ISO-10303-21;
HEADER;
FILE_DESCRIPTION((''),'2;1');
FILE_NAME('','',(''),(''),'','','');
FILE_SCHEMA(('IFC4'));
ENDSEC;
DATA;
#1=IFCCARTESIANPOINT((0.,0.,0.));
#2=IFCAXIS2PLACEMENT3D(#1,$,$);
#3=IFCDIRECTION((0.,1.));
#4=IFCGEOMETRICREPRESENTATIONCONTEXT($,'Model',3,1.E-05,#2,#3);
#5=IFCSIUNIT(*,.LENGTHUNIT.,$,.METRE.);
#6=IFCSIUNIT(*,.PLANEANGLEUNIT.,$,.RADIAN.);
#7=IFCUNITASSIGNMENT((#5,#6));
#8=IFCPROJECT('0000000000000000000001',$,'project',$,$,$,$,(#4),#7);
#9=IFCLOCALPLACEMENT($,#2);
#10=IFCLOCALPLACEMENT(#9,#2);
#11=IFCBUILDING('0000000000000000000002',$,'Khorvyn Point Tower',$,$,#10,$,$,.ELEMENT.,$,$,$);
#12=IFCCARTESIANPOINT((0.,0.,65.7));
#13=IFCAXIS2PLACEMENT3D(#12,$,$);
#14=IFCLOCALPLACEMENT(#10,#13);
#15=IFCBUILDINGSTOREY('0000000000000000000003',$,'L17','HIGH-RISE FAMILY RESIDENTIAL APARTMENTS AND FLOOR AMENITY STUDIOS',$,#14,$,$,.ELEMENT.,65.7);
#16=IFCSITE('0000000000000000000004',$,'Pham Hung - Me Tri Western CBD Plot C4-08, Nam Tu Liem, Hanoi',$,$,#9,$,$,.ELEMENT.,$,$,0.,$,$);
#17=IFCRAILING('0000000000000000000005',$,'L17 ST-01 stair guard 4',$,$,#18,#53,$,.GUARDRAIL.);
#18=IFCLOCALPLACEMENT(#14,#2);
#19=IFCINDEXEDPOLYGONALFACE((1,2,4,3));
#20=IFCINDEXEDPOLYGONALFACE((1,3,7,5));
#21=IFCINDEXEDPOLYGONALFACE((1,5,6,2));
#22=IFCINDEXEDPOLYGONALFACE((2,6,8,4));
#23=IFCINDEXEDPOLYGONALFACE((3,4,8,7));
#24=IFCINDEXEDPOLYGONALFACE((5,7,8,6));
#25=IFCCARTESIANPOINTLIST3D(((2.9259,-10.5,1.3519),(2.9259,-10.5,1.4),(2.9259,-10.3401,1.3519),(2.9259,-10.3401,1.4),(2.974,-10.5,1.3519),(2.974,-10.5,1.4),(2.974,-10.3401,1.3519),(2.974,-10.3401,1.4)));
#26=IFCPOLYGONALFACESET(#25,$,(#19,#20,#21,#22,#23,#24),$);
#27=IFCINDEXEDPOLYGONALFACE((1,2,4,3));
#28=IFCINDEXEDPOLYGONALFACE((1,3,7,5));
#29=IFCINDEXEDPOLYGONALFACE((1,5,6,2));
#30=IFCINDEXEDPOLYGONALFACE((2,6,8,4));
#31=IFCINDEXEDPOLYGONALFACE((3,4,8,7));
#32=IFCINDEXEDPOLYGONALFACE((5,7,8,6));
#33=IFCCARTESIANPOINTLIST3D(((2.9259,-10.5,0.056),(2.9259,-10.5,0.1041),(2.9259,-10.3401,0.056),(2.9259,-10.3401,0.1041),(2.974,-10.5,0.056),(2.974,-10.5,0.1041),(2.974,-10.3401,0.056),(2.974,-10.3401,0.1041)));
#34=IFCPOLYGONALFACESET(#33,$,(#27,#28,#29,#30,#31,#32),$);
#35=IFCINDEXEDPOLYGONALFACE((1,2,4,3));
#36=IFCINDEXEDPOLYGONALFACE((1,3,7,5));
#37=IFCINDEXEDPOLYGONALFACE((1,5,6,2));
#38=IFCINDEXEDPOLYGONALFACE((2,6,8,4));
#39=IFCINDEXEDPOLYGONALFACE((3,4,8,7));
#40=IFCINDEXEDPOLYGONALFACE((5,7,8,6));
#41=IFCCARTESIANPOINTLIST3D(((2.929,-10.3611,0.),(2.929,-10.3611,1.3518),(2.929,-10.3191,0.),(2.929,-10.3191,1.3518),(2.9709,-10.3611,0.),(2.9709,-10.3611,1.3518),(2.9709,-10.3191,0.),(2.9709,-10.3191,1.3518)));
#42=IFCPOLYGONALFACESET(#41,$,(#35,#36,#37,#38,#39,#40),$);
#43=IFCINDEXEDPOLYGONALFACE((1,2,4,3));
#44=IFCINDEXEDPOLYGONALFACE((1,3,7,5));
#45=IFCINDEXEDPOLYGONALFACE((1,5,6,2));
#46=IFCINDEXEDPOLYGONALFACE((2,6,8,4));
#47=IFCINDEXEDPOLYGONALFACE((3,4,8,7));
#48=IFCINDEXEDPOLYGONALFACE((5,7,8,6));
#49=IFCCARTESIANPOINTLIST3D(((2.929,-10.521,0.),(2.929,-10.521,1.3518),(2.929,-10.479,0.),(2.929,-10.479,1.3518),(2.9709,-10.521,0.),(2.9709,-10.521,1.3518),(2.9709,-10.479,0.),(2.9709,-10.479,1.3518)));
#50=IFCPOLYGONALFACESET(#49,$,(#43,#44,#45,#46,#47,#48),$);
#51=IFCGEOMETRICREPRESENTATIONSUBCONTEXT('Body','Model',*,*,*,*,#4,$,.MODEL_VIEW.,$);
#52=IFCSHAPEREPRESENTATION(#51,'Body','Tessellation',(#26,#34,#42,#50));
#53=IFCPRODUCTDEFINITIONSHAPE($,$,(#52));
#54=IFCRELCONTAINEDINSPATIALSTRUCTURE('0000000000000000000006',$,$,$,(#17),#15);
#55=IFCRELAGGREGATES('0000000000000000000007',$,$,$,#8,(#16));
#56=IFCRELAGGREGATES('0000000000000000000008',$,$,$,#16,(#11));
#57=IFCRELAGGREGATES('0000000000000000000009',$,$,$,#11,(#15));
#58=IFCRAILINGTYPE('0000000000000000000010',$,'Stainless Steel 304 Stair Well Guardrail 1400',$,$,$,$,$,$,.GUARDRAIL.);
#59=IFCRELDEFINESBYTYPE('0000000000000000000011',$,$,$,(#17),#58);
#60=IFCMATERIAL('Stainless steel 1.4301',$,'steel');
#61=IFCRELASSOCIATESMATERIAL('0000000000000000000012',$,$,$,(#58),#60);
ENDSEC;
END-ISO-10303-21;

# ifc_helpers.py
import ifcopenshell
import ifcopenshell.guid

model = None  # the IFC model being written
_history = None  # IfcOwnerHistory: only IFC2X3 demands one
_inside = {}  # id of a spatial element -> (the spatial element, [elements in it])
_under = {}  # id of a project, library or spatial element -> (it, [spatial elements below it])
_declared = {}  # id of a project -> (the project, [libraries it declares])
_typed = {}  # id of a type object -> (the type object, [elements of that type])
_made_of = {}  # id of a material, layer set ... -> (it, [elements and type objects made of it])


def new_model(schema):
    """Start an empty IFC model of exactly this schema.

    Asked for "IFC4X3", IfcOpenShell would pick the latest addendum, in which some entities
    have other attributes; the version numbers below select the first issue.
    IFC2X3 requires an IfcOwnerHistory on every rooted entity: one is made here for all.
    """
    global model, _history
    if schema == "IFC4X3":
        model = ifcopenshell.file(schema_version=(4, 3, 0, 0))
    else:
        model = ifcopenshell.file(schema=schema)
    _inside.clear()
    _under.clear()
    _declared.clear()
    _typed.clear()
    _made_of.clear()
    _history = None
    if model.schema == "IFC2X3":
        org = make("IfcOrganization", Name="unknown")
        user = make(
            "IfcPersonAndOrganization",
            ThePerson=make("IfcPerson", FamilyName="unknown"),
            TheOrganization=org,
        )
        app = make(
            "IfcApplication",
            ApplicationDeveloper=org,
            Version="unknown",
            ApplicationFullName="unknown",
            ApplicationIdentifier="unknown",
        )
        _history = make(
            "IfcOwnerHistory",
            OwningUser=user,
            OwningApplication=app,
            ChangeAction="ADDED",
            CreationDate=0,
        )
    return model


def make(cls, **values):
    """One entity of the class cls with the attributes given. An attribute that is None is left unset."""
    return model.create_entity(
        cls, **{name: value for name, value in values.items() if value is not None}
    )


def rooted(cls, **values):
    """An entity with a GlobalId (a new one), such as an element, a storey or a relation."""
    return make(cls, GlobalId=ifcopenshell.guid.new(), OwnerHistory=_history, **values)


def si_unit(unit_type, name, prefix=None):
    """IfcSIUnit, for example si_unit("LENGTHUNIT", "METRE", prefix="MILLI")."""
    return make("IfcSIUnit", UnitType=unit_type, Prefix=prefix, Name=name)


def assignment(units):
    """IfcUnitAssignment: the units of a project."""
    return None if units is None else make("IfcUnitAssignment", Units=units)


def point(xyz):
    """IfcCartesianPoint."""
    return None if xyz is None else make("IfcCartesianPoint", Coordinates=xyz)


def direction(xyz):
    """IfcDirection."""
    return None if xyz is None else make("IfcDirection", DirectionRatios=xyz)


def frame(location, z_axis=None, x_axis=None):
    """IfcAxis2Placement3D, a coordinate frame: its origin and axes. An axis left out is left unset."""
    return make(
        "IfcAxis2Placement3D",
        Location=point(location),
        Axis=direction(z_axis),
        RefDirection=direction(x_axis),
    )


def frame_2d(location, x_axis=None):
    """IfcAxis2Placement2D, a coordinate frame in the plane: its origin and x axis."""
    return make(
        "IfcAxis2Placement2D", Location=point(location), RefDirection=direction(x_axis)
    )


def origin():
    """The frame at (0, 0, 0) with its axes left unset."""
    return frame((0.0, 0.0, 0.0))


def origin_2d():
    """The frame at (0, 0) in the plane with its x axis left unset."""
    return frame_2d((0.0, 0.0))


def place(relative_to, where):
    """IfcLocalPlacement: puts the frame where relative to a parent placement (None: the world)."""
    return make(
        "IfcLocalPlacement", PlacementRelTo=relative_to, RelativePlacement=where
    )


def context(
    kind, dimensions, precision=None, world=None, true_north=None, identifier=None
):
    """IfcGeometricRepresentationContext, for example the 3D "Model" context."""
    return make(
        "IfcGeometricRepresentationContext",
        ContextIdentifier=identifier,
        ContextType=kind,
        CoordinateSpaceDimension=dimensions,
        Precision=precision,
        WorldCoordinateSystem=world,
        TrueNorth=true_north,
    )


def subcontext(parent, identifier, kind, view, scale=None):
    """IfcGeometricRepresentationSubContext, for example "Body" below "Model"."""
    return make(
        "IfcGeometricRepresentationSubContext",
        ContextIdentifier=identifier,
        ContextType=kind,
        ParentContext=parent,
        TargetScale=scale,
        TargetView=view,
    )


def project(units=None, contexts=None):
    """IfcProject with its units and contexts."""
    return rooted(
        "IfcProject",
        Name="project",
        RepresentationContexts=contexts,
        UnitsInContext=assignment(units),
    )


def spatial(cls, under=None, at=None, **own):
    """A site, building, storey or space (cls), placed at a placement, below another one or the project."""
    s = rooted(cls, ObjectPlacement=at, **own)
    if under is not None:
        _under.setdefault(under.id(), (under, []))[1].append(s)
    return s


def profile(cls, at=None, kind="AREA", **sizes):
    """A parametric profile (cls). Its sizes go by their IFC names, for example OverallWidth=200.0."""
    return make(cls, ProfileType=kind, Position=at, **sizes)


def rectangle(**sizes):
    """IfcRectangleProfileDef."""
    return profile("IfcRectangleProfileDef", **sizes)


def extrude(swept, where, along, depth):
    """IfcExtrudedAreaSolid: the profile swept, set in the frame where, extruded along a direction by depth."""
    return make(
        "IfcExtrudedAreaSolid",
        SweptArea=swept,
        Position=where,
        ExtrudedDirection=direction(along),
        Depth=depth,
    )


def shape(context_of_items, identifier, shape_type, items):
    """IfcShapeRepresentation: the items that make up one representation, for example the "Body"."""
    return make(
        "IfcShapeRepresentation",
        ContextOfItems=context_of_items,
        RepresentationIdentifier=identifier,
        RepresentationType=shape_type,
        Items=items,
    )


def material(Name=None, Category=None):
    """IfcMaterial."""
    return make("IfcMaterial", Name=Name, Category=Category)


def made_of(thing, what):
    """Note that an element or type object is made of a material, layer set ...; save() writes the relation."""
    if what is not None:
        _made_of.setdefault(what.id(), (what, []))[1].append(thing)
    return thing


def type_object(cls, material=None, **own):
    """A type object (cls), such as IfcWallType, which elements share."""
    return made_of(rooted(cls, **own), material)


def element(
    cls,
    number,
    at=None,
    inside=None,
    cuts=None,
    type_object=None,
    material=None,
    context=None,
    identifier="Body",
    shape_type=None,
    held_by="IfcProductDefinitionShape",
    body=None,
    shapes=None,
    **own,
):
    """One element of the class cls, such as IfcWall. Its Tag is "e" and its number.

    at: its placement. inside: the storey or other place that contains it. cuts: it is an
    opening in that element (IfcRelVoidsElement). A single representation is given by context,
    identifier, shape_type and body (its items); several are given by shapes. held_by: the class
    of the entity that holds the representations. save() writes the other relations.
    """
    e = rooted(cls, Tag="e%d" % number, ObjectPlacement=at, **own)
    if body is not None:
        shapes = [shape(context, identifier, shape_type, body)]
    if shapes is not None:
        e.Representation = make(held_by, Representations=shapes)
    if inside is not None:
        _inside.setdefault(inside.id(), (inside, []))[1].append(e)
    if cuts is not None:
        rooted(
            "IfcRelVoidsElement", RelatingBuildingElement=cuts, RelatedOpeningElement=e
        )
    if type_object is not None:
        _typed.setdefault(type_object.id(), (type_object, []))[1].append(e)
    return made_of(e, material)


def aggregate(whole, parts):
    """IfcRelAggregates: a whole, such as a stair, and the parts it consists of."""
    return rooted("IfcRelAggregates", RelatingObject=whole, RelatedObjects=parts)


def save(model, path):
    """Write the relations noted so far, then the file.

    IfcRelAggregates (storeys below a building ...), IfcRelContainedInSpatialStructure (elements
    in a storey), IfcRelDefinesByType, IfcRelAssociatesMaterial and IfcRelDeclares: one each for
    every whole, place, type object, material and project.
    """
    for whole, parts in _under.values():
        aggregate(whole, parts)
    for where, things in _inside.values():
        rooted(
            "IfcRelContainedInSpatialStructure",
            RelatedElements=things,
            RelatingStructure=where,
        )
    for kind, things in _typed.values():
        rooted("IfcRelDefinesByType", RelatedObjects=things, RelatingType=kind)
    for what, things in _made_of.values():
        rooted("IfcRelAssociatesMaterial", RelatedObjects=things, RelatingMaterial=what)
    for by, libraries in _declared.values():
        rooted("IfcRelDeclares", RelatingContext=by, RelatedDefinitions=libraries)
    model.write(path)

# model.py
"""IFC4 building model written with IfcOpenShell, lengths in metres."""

from ifc_helpers import new_model, si_unit, direction, frame, origin, origin_2d, place, context, subcontext, project, spatial, rectangle, extrude, material, type_object, element, save


model = new_model("IFC4")

# Units and contexts
model_context = context("Model", 3, precision=1e-05, world=origin(), true_north=direction((0.0, 1.0)))
body_context = subcontext(model_context, "Body", "Model", "MODEL_VIEW")
ifc_project = project(units=[si_unit("LENGTHUNIT", "METRE"), si_unit("PLANEANGLEUNIT", "RADIAN")], contexts=[model_context])

# Site, building, storey
site_placement = place(None, origin())
site = spatial("IfcSite", under=ifc_project, at=site_placement, Name="Pham Hung - Me Tri Western CBD Plot C4-08, Nam Tu Liem, Hanoi", CompositionType="ELEMENT", RefElevation=0.0)
building_placement = place(site_placement, origin())
building = spatial("IfcBuilding", under=site, at=building_placement, Name="Khorvyn Point Tower", CompositionType="ELEMENT")
storey_placement = place(building_placement, frame((0.0, 0.0, 65.7)))
storey = spatial("IfcBuildingStorey", under=building, at=storey_placement, Name="L17", Description="HIGH-RISE FAMILY RESIDENTIAL APARTMENTS AND FLOOR AMENITY STUDIOS", CompositionType="ELEMENT", Elevation=65.7)

# Shared definitions
ifc_material_1 = material(Name="Stainless steel 1.4301", Category="steel")

# Railing
railing_type_1 = type_object("IfcRailingType", Name="Stainless Steel 304 Stair Well Guardrail 1400", PredefinedType="GUARDRAIL", material=ifc_material_1)
railing_1_placement = place(storey_placement, frame((2.95, -10.3401, 0.0)))
element("IfcRailing", 1, at=railing_1_placement, inside=storey, type_object=railing_type_1, Name="L17 ST-01 stair guard 4", PredefinedType="GUARDRAIL", context=body_context, shape_type="SweptSolid", body=[
    extrude(rectangle(XDim=0.0481, YDim=0.0481, at=origin_2d()), frame((0.0, 0.0, 1.376), z_axis=(0.0, -1.0, 0.0), x_axis=(1.0, 0.0, 0.0)), (0.0, 0.0, 1.0), 0.1599),
    extrude(rectangle(XDim=0.0481, YDim=0.0481, at=origin_2d()), frame((0.0, 0.0, 0.0801), z_axis=(0.0, -1.0, 0.0), x_axis=(1.0, 0.0, 0.0)), (0.0, 0.0, 1.0), 0.1599),
    extrude(rectangle(XDim=0.042, YDim=0.042, at=origin_2d()), origin(), (0.0, 0.0, 1.0), 1.3518),
    extrude(rectangle(XDim=0.042, YDim=0.042, at=origin_2d()), frame((0.0, -0.1599, 0.0)), (0.0, 0.0, 1.0), 1.3518),
])

save(model, "model.ifc")
